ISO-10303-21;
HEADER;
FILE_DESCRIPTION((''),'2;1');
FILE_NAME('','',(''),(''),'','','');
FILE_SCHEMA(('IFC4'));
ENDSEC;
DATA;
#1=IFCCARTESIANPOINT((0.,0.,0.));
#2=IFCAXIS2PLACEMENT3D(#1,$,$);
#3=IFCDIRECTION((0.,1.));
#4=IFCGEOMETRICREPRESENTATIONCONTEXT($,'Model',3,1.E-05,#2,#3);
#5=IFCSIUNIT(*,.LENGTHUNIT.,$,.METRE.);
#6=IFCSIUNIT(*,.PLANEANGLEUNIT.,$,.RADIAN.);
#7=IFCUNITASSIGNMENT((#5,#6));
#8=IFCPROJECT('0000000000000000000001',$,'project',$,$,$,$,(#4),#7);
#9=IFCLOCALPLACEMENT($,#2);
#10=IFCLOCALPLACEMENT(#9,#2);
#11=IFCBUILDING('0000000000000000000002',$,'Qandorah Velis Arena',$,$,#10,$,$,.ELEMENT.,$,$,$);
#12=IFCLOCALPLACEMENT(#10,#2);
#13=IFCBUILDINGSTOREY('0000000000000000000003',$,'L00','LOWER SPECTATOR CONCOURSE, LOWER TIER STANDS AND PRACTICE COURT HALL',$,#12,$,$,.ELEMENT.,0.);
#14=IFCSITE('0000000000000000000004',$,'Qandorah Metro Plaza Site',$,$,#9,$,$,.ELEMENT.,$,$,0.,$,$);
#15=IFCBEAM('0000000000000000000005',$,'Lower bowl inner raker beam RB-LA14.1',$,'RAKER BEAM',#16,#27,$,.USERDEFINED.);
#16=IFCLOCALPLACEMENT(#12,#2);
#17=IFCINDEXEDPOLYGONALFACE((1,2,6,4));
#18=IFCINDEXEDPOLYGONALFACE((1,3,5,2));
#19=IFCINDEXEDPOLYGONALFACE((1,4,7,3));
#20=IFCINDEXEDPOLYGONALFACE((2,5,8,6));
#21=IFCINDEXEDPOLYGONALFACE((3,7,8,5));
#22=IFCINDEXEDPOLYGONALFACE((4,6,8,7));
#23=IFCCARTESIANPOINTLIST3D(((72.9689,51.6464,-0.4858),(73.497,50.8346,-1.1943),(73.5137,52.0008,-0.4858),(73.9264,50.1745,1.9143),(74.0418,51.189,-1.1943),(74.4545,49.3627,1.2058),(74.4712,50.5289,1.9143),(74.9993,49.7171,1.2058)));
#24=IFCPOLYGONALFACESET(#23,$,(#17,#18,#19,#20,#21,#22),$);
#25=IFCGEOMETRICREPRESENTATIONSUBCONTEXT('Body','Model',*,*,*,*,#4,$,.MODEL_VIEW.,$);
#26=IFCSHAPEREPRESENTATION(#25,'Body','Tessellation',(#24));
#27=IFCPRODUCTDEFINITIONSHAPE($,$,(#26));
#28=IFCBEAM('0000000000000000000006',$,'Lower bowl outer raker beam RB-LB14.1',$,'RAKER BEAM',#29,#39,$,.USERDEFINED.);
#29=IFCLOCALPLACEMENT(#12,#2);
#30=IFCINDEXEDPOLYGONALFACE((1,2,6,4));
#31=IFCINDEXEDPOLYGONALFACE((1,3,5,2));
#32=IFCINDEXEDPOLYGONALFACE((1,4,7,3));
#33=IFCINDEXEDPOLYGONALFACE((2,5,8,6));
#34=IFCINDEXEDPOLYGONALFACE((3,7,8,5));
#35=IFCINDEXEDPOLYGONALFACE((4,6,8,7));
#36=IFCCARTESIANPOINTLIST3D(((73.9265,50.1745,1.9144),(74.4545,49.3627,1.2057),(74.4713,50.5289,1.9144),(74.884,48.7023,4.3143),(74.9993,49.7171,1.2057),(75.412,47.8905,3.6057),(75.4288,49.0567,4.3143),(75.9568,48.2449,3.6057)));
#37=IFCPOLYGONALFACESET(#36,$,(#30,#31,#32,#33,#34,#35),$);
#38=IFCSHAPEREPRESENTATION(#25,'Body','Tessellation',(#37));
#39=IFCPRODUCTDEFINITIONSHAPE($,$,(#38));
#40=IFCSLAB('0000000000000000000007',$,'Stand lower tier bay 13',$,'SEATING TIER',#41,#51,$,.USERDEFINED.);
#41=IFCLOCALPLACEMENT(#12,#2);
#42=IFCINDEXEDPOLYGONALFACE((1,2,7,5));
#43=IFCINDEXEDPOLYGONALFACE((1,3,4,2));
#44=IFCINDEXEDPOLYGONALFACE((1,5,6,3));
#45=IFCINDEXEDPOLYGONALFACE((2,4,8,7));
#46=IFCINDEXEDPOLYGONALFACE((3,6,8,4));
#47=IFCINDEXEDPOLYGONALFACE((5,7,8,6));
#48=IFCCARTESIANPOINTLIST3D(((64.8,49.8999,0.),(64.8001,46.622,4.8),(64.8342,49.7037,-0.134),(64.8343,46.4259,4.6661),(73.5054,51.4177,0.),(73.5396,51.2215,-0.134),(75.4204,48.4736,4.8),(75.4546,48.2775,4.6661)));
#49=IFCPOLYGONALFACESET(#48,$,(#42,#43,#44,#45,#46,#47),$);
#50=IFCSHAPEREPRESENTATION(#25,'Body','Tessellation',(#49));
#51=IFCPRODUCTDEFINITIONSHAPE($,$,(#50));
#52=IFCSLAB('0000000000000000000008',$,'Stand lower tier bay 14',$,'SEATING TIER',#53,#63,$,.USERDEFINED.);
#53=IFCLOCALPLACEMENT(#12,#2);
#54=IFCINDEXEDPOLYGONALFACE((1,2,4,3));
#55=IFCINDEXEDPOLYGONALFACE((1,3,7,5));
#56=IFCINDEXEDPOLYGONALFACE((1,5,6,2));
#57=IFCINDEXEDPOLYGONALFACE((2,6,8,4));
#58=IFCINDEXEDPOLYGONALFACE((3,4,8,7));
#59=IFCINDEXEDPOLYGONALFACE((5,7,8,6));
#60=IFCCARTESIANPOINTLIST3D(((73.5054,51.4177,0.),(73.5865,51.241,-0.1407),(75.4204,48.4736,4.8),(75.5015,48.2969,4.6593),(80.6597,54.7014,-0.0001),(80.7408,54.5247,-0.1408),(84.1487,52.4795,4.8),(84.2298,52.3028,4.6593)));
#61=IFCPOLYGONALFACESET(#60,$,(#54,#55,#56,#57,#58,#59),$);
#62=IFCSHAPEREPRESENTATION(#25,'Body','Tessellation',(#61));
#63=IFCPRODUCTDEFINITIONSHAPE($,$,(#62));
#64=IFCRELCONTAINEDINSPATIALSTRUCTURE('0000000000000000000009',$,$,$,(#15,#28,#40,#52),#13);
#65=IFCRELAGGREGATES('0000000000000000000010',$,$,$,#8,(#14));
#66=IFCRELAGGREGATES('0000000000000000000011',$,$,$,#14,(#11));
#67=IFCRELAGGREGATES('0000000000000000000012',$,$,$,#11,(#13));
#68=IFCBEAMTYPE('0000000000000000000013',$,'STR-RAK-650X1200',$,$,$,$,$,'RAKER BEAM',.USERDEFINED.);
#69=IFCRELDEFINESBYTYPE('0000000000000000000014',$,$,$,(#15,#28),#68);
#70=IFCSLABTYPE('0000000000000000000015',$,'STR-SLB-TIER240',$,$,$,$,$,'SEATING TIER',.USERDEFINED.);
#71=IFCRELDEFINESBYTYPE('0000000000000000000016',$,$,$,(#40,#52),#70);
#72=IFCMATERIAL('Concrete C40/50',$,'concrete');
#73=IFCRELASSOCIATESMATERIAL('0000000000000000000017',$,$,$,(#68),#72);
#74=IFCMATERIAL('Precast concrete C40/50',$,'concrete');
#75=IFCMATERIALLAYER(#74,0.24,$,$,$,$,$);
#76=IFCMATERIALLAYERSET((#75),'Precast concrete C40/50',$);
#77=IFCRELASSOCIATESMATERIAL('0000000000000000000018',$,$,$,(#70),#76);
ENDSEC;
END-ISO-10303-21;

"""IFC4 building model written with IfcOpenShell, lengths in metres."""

from ifc_helpers import new_model, si_unit, direction, frame, origin, origin_2d, place, context, subcontext, project, spatial, polyline, rectangle, outline, extrude, material, layer, layer_set, material_profile, profile_set, type_object, element, save


model = new_model("IFC4")

# Units and contexts
model_context = context("Model", 3, precision=1e-05, world=origin(), true_north=direction((0.0, 1.0)))
body_context = subcontext(model_context, "Body", "Model", "MODEL_VIEW")
ifc_project = project(units=[si_unit("LENGTHUNIT", "METRE"), si_unit("PLANEANGLEUNIT", "RADIAN")], contexts=[model_context])

# Site, building, storey
site_placement = place(None, origin())
site = spatial("IfcSite", under=ifc_project, at=site_placement, Name="Qandorah Metro Plaza Site", CompositionType="ELEMENT", RefElevation=0.0)
building_placement = place(site_placement, origin())
building = spatial("IfcBuilding", under=site, at=building_placement, Name="Qandorah Velis Arena", CompositionType="ELEMENT")
storey_placement = place(building_placement, origin())
storey = spatial("IfcBuildingStorey", under=building, at=storey_placement, Name="L00", Description="LOWER SPECTATOR CONCOURSE, LOWER TIER STANDS AND PRACTICE COURT HALL", CompositionType="ELEMENT", Elevation=0.0)

# Shared definitions
ifc_material_1 = material(Name="Concrete C40/50", Category="concrete")

# Beams
ifc_material_profile_1 = material_profile(ifc_material_1, rectangle(XDim=0.6499, YDim=1.2, at=origin_2d()), Name="RC RAKER 650x1200")
ifc_profile_set_1 = profile_set([ifc_material_profile_1], Name="Concrete C40/50")
beam_type_1 = type_object("IfcBeamType", Name="STR-RAK-650X1200", ElementType="RAKER BEAM", PredefinedType="USERDEFINED", material=ifc_profile_set_1)
for number, where, z_axis, x_axis, name in (
    (1, (73.5054, 51.4177, -0.8401), (0.321974, -0.494947, 0.807069), (0.838243, 0.545296, 0.0), "Lower bowl inner raker beam RB-LA14.1"),
    (2, (74.4629, 49.9458, 1.5601), (0.321982, -0.495041, 0.807008), (0.838285, 0.545233, 0.0), "Lower bowl outer raker beam RB-LB14.1"),
):
    element("IfcBeam", number, at=place(storey_placement, frame(where, z_axis=z_axis, x_axis=x_axis)), inside=storey, type_object=beam_type_1, Name=name, ObjectType="RAKER BEAM", PredefinedType="USERDEFINED", context=body_context, shape_type="SweptSolid", body=[
        extrude(rectangle(XDim=0.6499, YDim=1.2, at=origin_2d()), origin(), (0.0, 0.0, 1.0), 2.9739),
    ])

# Slabs
ifc_material_2 = material(Name="Precast concrete C40/50", Category="concrete")
ifc_layer = layer(ifc_material_2, 0.24)
ifc_layer_set = layer_set([ifc_layer], Name="Precast concrete C40/50")
slab_type = type_object("IfcSlabType", Name="STR-SLB-TIER240", ElementType="SEATING TIER", PredefinedType="USERDEFINED", material=ifc_layer_set)
slab_1_placement = place(storey_placement, frame((64.8, 49.8999, 0.0), z_axis=(-0.142509, 0.817387, 0.558185), x_axis=(0.985139, 0.171759, -0.000004)))
element("IfcSlab", 3, at=slab_1_placement, inside=storey, type_object=slab_type, Name="Stand lower tier bay 13", ObjectType="SEATING TIER", PredefinedType="USERDEFINED", context=body_context, shape_type="SweptSolid", body=[
    extrude(outline(polyline([(0.0, 0.0), (8.8367, 0.0), (10.2175, -5.7852), (-0.563, -5.7851), (0.0, 0.0)])), origin(), (0.0, 0.0, -1.0), 0.24),
])
slab_2_placement = place(storey_placement, frame((73.5054, 51.4177, 0.0), z_axis=(-0.337892, 0.736204, 0.586372), x_axis=(0.908845, 0.417134, -0.000006)))
element("IfcSlab", 4, at=slab_2_placement, inside=storey, type_object=slab_type, Name="Stand lower tier bay 14", ObjectType="SEATING TIER", PredefinedType="USERDEFINED", context=body_context, shape_type="SweptSolid", body=[
    extrude(outline(polyline([(0.0, 0.0), (7.8719, 0.0), (10.116, -5.9258), (0.5124, -5.9256), (0.0, 0.0)])), origin(), (0.0, 0.0, -1.0), 0.24),
])

save(model, "model.ifc")
